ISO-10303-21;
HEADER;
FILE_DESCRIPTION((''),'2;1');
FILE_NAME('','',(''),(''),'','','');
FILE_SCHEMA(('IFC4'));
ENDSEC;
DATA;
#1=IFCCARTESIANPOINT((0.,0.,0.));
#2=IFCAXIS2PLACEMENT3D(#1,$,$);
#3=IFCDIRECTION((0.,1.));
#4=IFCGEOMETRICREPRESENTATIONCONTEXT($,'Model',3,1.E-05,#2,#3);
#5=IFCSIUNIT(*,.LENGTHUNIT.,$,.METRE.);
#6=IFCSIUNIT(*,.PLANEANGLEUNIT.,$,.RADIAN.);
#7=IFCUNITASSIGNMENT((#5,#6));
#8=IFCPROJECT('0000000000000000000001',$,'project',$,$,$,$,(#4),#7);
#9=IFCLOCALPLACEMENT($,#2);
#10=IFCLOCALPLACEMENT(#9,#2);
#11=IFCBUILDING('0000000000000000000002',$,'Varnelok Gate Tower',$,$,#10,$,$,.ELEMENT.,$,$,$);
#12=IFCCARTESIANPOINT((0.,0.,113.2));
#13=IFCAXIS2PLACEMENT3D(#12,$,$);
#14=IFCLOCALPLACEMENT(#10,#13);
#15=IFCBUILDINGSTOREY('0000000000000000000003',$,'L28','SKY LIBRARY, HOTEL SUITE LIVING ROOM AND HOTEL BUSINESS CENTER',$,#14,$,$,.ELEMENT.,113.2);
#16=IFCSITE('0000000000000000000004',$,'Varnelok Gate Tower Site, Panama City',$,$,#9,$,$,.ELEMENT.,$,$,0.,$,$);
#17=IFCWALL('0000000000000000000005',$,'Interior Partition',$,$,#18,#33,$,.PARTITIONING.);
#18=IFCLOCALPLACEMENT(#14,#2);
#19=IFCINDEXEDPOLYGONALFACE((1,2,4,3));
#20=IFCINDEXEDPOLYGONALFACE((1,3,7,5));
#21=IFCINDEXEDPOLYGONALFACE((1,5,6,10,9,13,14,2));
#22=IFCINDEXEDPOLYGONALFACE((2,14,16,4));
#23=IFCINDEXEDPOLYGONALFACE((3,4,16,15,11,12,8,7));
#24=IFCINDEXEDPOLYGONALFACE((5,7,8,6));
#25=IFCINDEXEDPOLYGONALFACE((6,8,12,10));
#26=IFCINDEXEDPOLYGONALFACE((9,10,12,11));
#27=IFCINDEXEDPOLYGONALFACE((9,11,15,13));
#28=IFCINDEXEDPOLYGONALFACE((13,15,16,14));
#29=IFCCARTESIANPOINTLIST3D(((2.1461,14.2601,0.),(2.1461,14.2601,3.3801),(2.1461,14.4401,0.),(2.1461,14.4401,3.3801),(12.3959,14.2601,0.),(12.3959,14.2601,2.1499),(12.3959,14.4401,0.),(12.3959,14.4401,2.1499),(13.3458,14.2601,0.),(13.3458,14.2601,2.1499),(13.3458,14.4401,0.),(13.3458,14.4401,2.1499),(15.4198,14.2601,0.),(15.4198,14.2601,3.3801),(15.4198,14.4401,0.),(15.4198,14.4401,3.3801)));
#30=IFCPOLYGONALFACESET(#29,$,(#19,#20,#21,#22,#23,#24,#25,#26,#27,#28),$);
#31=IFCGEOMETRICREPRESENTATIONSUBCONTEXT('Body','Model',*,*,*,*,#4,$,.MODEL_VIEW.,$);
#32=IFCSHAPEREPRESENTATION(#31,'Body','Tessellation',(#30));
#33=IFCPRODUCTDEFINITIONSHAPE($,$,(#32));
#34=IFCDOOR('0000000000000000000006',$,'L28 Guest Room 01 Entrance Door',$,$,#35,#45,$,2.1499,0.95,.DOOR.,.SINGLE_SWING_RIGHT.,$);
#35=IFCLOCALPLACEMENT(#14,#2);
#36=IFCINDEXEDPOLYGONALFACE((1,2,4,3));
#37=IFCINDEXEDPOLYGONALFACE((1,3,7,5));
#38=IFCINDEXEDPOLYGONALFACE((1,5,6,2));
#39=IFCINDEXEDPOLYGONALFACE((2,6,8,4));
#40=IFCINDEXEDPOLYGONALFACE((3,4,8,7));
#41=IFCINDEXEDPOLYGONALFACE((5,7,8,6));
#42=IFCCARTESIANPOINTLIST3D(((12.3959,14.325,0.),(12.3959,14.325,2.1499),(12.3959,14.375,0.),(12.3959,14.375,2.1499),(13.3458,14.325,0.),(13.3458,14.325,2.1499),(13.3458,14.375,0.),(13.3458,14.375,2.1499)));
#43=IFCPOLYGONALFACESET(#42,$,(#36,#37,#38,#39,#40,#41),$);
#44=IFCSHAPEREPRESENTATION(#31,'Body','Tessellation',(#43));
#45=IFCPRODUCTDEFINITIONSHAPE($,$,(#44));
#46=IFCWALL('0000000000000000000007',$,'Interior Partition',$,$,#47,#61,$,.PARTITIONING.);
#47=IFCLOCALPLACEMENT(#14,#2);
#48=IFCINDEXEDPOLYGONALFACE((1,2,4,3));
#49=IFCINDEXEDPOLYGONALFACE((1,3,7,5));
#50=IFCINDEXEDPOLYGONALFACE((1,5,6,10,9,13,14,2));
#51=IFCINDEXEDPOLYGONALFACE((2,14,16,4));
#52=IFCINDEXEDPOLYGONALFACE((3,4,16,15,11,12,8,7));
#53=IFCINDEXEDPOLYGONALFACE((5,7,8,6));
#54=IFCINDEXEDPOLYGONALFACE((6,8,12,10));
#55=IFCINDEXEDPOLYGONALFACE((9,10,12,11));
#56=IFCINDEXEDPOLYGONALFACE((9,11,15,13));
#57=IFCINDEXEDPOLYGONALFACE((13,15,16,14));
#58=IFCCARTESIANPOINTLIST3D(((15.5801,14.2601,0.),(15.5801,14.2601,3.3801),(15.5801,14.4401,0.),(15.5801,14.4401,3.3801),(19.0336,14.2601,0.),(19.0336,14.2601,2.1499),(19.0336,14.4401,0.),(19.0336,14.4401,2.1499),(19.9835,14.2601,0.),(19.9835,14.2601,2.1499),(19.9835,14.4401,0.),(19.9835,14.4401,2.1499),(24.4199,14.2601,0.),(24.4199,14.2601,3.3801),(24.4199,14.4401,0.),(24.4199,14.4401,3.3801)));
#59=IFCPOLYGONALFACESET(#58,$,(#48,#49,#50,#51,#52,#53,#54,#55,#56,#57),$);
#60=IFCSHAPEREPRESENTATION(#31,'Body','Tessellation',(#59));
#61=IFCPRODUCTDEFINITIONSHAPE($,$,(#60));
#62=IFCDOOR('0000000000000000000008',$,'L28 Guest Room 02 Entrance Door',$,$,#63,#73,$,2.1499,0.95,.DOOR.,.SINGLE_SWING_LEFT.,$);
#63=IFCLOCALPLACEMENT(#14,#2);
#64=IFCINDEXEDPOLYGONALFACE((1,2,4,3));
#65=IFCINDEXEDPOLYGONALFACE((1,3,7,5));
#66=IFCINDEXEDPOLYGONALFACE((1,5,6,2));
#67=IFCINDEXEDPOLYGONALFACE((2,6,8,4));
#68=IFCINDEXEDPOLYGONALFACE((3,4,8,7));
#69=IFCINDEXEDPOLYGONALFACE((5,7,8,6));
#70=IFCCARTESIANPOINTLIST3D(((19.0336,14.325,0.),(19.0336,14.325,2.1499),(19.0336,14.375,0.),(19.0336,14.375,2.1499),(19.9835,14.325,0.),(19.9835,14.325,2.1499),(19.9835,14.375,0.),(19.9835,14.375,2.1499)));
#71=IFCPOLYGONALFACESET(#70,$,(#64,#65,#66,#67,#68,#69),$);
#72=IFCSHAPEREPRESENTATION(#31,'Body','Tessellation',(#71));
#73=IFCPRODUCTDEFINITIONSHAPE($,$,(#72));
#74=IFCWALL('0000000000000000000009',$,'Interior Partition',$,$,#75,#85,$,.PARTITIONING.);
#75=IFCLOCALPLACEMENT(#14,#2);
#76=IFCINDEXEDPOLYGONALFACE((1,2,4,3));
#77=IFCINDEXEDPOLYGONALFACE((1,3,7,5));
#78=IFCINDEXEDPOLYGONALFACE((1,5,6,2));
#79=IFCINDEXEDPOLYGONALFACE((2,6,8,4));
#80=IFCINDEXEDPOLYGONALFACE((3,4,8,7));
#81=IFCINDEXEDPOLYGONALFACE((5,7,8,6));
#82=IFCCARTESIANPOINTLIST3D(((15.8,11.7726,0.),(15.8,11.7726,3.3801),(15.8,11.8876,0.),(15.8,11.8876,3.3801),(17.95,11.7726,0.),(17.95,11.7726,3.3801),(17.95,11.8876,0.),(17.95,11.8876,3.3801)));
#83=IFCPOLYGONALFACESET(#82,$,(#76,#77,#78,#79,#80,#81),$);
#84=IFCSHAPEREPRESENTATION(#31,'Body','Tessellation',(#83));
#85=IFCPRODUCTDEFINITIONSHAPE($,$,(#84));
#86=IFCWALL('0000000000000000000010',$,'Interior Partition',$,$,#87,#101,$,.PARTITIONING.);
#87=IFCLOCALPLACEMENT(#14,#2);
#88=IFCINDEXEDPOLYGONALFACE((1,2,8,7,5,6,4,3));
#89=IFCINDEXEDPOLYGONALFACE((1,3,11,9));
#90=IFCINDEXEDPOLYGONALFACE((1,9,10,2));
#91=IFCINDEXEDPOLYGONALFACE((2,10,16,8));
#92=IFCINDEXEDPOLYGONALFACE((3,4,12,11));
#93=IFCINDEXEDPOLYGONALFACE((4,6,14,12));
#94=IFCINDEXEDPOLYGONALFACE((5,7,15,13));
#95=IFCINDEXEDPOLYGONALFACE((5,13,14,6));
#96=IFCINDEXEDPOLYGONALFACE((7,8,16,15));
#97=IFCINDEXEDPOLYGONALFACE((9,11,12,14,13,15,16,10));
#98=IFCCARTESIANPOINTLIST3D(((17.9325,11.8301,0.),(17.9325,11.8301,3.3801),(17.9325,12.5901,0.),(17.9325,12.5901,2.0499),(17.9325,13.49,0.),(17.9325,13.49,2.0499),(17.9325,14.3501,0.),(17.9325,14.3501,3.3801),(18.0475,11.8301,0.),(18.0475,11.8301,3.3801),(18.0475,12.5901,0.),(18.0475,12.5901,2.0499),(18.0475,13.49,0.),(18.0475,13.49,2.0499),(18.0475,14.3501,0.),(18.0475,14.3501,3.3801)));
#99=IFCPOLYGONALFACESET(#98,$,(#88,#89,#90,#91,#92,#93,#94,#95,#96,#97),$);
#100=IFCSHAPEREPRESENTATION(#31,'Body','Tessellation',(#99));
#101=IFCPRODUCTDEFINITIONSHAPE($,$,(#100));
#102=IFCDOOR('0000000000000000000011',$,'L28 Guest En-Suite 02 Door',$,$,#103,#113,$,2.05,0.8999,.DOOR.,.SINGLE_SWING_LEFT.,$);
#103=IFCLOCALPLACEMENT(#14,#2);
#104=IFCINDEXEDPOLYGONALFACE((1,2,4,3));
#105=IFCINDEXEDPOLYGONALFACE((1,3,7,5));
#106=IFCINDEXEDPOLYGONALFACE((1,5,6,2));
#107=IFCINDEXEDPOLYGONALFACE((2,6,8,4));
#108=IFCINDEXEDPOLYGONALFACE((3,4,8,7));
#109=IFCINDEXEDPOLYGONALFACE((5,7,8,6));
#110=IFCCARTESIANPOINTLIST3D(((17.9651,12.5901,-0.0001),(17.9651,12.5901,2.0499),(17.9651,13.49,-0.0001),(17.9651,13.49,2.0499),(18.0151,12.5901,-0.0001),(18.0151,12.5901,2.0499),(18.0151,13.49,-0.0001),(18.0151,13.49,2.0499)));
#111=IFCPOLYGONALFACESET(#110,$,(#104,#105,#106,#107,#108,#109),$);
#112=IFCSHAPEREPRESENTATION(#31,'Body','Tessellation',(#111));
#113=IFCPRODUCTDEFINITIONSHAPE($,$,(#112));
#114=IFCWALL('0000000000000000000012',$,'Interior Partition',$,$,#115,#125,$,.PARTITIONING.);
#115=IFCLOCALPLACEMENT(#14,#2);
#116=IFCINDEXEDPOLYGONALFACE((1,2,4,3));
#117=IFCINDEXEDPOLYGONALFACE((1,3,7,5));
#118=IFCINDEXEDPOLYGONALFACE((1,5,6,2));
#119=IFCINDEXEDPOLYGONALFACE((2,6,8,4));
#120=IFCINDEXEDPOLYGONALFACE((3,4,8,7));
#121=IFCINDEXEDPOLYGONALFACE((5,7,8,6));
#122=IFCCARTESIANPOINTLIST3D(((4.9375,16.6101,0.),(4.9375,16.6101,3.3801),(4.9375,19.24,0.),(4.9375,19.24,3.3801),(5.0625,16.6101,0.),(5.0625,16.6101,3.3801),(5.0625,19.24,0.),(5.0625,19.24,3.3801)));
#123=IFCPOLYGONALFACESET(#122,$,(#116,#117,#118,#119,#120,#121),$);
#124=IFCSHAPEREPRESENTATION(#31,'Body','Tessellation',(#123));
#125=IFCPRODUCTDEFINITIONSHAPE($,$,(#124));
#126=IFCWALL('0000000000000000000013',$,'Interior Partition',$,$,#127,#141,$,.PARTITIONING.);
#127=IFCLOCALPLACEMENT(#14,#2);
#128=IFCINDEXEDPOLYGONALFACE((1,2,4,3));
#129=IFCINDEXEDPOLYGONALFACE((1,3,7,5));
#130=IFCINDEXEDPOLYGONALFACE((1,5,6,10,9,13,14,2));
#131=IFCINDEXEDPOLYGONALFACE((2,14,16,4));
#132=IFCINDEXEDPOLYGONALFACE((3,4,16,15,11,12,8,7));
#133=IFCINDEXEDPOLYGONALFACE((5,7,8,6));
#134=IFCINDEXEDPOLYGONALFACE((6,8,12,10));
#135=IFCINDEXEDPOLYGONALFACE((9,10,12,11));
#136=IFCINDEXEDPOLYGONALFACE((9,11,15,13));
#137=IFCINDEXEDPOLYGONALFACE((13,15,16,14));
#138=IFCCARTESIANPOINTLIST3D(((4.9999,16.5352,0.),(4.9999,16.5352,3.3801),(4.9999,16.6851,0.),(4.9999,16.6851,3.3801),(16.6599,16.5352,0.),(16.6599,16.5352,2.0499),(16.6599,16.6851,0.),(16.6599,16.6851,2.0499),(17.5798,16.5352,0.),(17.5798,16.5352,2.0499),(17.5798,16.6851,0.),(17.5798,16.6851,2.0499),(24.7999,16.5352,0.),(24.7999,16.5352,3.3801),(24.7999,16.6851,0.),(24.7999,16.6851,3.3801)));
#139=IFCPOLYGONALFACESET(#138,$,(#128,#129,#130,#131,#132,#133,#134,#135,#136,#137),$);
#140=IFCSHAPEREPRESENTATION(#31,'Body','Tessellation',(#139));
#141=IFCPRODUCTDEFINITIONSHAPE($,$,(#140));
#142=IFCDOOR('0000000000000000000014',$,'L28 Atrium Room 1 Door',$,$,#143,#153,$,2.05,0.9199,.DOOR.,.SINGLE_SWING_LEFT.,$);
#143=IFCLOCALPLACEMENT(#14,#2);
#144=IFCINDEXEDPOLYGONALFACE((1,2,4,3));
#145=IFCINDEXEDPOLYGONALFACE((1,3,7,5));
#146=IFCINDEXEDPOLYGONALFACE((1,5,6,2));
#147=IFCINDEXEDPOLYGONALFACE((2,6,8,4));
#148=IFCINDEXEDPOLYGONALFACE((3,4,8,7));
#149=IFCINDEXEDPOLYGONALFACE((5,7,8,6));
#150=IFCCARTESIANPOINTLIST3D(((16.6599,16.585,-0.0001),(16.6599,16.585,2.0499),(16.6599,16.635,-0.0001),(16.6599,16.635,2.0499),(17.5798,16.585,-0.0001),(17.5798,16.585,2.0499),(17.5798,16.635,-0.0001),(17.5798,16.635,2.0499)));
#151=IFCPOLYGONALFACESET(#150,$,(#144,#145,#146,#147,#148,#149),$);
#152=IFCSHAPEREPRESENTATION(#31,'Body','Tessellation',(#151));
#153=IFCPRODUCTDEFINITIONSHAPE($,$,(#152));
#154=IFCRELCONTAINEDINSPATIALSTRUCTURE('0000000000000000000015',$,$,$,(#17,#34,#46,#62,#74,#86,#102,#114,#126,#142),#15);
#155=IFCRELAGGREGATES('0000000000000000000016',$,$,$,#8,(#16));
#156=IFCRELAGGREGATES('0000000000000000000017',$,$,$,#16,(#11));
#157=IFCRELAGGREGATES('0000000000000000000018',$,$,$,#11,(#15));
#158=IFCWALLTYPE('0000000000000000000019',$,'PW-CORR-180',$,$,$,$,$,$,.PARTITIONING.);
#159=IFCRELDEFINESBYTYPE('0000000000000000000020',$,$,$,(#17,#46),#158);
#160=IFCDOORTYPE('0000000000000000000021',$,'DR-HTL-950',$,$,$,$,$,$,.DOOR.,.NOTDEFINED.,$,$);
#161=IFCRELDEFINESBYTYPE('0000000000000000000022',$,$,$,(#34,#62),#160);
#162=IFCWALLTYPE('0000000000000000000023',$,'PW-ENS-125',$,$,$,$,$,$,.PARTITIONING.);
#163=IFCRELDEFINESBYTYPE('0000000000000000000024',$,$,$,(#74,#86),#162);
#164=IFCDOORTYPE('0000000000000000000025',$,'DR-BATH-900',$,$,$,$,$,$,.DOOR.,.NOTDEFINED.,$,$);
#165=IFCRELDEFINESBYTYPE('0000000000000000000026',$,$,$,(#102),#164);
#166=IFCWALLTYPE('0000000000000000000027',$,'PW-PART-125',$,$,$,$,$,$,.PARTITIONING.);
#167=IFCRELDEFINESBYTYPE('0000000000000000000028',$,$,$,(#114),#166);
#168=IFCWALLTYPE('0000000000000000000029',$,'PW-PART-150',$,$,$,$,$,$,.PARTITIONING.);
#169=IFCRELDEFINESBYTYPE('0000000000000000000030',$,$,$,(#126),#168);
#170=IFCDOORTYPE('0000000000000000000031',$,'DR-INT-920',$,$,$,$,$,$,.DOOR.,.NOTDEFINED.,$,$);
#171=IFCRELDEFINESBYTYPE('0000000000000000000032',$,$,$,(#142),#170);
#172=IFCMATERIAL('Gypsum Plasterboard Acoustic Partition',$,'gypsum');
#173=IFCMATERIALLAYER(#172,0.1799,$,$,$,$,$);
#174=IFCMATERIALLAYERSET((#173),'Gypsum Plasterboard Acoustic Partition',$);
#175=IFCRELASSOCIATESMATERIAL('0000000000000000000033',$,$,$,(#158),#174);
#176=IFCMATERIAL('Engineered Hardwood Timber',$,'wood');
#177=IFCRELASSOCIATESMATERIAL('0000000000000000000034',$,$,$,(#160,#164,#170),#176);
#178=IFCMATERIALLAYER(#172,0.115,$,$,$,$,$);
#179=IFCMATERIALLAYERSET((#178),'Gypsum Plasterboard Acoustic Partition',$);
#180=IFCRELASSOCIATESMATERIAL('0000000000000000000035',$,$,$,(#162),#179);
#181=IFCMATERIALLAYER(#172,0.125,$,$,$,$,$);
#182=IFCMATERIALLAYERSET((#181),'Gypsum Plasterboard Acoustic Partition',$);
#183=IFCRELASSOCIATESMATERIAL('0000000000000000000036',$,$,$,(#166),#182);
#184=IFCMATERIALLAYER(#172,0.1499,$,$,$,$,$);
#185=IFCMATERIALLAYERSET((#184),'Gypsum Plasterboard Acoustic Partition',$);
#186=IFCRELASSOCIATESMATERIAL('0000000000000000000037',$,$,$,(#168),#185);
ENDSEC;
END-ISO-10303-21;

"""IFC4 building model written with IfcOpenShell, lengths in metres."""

from ifc_helpers import new_model, si_unit, direction, frame, frame_2d, origin, place, context, subcontext, project, spatial, rectangle, extrude, material, layer, layer_set, type_object, element, fill, save


model = new_model("IFC4")

# Units and contexts
model_context = context("Model", 3, precision=1e-05, world=origin(), true_north=direction((0.0, 1.0)))
body_context = subcontext(model_context, "Body", "Model", "MODEL_VIEW")
ifc_project = project(units=[si_unit("LENGTHUNIT", "METRE"), si_unit("PLANEANGLEUNIT", "RADIAN")], contexts=[model_context])

# Site, building, storey
site_placement = place(None, origin())
site = spatial("IfcSite", under=ifc_project, at=site_placement, Name="Varnelok Gate Tower Site, Panama City", CompositionType="ELEMENT", RefElevation=0.0)
building_placement = place(site_placement, origin())
building = spatial("IfcBuilding", under=site, at=building_placement, Name="Varnelok Gate Tower", CompositionType="ELEMENT")
storey_placement = place(building_placement, frame((0.0, 0.0, 113.2)))
storey = spatial("IfcBuildingStorey", under=building, at=storey_placement, Name="L28", Description="SKY LIBRARY, HOTEL SUITE LIVING ROOM AND HOTEL BUSINESS CENTER", CompositionType="ELEMENT", Elevation=113.2)

# Walls, openings, doors
ifc_material_1 = material(Name="Gypsum Plasterboard Acoustic Partition", Category="gypsum")
ifc_layer_1 = layer(ifc_material_1, 0.1799)
ifc_layer_set_1 = layer_set([ifc_layer_1], Name="Gypsum Plasterboard Acoustic Partition")
wall_type_1 = type_object("IfcWallType", Name="PW-CORR-180", PredefinedType="PARTITIONING", material=ifc_layer_set_1)
wall_1_placement = place(storey_placement, frame((2.1462, 14.3501, 0.0), z_axis=(0.0, 0.0, 1.0), x_axis=(1.0, 0.0, 0.0)))
wall_1 = element("IfcWall", 1, at=wall_1_placement, inside=storey, type_object=wall_type_1, Name="Interior Partition", PredefinedType="PARTITIONING", context=body_context, shape_type="SweptSolid", body=[
    extrude(rectangle(XDim=13.2737, YDim=0.1799, at=frame_2d((6.6367, 0.0))), origin(), (0.0, 0.0, 1.0), 3.3801),
])
opening_1_placement = place(wall_1_placement, frame((10.2495, 0.0, 0.0)))
opening_1 = element("IfcOpeningElement", 2, at=opening_1_placement, cuts=wall_1, PredefinedType="OPENING", context=body_context, shape_type="SweptSolid", body=[
    extrude(rectangle(XDim=0.95, YDim=2.1499, at=frame_2d((0.4751, 1.075))), frame((0.0, 0.0999, 0.0), z_axis=(0.0, -1.0, 0.0), x_axis=(1.0, 0.0, 0.0)), (0.0, 0.0, 1.0), 0.2),
])
ifc_material_2 = material(Name="Engineered Hardwood Timber", Category="wood")
door_type_1 = type_object("IfcDoorType", Name="DR-HTL-950", OperationType="NOTDEFINED", PredefinedType="DOOR", material=ifc_material_2)
door_1_placement = place(opening_1_placement, origin())
door_1 = element("IfcDoor", 3, at=door_1_placement, inside=storey, type_object=door_type_1, Name="L28 Guest Room 01 Entrance Door", OperationType="SINGLE_SWING_RIGHT", OverallHeight=2.1499, OverallWidth=0.95, PredefinedType="DOOR", context=body_context, shape_type="SweptSolid", body=[
    extrude(rectangle(XDim=0.95, YDim=2.1499, at=frame_2d((0.4751, 1.075))), frame((0.0, 0.0249, 0.0), z_axis=(0.0, -1.0, 0.0), x_axis=(1.0, 0.0, 0.0)), (0.0, 0.0, 1.0), 0.05),
])
fill(opening_1, door_1)
wall_2_placement = place(storey_placement, frame((15.5801, 14.3501, 0.0), z_axis=(0.0, 0.0, 1.0), x_axis=(1.0, 0.0, 0.0)))
wall_2 = element("IfcWall", 4, at=wall_2_placement, inside=storey, type_object=wall_type_1, Name="Interior Partition", PredefinedType="PARTITIONING", context=body_context, shape_type="SweptSolid", body=[
    extrude(rectangle(XDim=8.8398, YDim=0.1799, at=frame_2d((4.4199, 0.0))), origin(), (0.0, 0.0, 1.0), 3.3801),
])
opening_2_placement = place(wall_2_placement, frame((3.4534, 0.0, 0.0)))
opening_2 = element("IfcOpeningElement", 5, at=opening_2_placement, cuts=wall_2, PredefinedType="OPENING", context=body_context, shape_type="SweptSolid", body=[
    extrude(rectangle(XDim=0.95, YDim=2.1499, at=frame_2d((0.4751, 1.075))), frame((0.0, 0.0999, 0.0), z_axis=(0.0, -1.0, 0.0), x_axis=(1.0, 0.0, 0.0)), (0.0, 0.0, 1.0), 0.2),
])
door_2_placement = place(opening_2_placement, origin())
door_2 = element("IfcDoor", 6, at=door_2_placement, inside=storey, type_object=door_type_1, Name="L28 Guest Room 02 Entrance Door", OperationType="SINGLE_SWING_LEFT", OverallHeight=2.1499, OverallWidth=0.95, PredefinedType="DOOR", context=body_context, shape_type="SweptSolid", body=[
    extrude(rectangle(XDim=0.95, YDim=2.1499, at=frame_2d((0.4751, 1.075))), frame((0.0, 0.0249, 0.0), z_axis=(0.0, -1.0, 0.0), x_axis=(1.0, 0.0, 0.0)), (0.0, 0.0, 1.0), 0.05),
])
fill(opening_2, door_2)

# Wall
ifc_layer_2 = layer(ifc_material_1, 0.115)
ifc_layer_set_2 = layer_set([ifc_layer_2], Name="Gypsum Plasterboard Acoustic Partition")
wall_type_2 = type_object("IfcWallType", Name="PW-ENS-125", PredefinedType="PARTITIONING", material=ifc_layer_set_2)
wall_3_placement = place(storey_placement, frame((15.8, 11.8301, 0.0), z_axis=(0.0, 0.0, 1.0), x_axis=(1.0, 0.0, 0.0)))
element("IfcWall", 7, at=wall_3_placement, inside=storey, type_object=wall_type_2, Name="Interior Partition", PredefinedType="PARTITIONING", context=body_context, shape_type="SweptSolid", body=[
    extrude(rectangle(XDim=2.1499, YDim=0.115, at=frame_2d((1.075, 0.0))), origin(), (0.0, 0.0, 1.0), 3.3801),
])

# Wall, opening, door
wall_4_placement = place(storey_placement, frame((17.99, 11.8301, 0.0), z_axis=(0.0, 0.0, 1.0), x_axis=(0.0, 1.0, 0.0)))
wall_4 = element("IfcWall", 8, at=wall_4_placement, inside=storey, type_object=wall_type_2, Name="Interior Partition", PredefinedType="PARTITIONING", context=body_context, shape_type="SweptSolid", body=[
    extrude(rectangle(XDim=2.52, YDim=0.115, at=frame_2d((1.26, 0.0))), origin(), (0.0, 0.0, 1.0), 3.3801),
])
opening_3_placement = place(wall_4_placement, frame((0.76, 0.0, 0.0)))
opening_3 = element("IfcOpeningElement", 9, at=opening_3_placement, cuts=wall_4, PredefinedType="OPENING", context=body_context, shape_type="SweptSolid", body=[
    extrude(rectangle(XDim=0.8999, YDim=2.05, at=frame_2d((0.45, 1.0249))), frame((0.0, 0.0674, 0.0), z_axis=(0.0, -1.0, 0.0), x_axis=(1.0, 0.0, 0.0)), (0.0, 0.0, 1.0), 0.135),
])
door_type_2 = type_object("IfcDoorType", Name="DR-BATH-900", OperationType="NOTDEFINED", PredefinedType="DOOR", material=ifc_material_2)
door_3_placement = place(opening_3_placement, origin())
door_3 = element("IfcDoor", 10, at=door_3_placement, inside=storey, type_object=door_type_2, Name="L28 Guest En-Suite 02 Door", OperationType="SINGLE_SWING_LEFT", OverallHeight=2.05, OverallWidth=0.8999, PredefinedType="DOOR", context=body_context, shape_type="SweptSolid", body=[
    extrude(rectangle(XDim=0.8999, YDim=2.05, at=frame_2d((0.45, 1.0249))), frame((0.0, 0.0249, 0.0), z_axis=(0.0, -1.0, 0.0), x_axis=(1.0, 0.0, 0.0)), (0.0, 0.0, 1.0), 0.05),
])
fill(opening_3, door_3)

# Wall
ifc_layer_3 = layer(ifc_material_1, 0.125)
ifc_layer_set_3 = layer_set([ifc_layer_3], Name="Gypsum Plasterboard Acoustic Partition")
wall_type_3 = type_object("IfcWallType", Name="PW-PART-125", PredefinedType="PARTITIONING", material=ifc_layer_set_3)
wall_5_placement = place(storey_placement, frame((5.0, 16.6101, 0.0), z_axis=(0.0, 0.0, 1.0), x_axis=(0.0, 1.0, 0.0)))
element("IfcWall", 11, at=wall_5_placement, inside=storey, type_object=wall_type_3, Name="Interior Partition", PredefinedType="PARTITIONING", context=body_context, shape_type="SweptSolid", body=[
    extrude(rectangle(XDim=2.6299, YDim=0.125, at=frame_2d((1.3149, 0.0))), origin(), (0.0, 0.0, 1.0), 3.3801),
])

# Wall, opening, door
ifc_layer_4 = layer(ifc_material_1, 0.1499)
ifc_layer_set_4 = layer_set([ifc_layer_4], Name="Gypsum Plasterboard Acoustic Partition")
wall_type_4 = type_object("IfcWallType", Name="PW-PART-150", PredefinedType="PARTITIONING", material=ifc_layer_set_4)
wall_6_placement = place(storey_placement, frame((5.0, 16.6101, 0.0), z_axis=(0.0, 0.0, 1.0), x_axis=(1.0, 0.0, 0.0)))
wall_6 = element("IfcWall", 12, at=wall_6_placement, inside=storey, type_object=wall_type_4, Name="Interior Partition", PredefinedType="PARTITIONING", context=body_context, shape_type="SweptSolid", body=[
    extrude(rectangle(XDim=19.8, YDim=0.1499, at=frame_2d((9.8999, 0.0))), origin(), (0.0, 0.0, 1.0), 3.3801),
])
opening_4_placement = place(wall_6_placement, frame((11.6599, 0.0, 0.0)))
opening_4 = element("IfcOpeningElement", 13, at=opening_4_placement, cuts=wall_6, PredefinedType="OPENING", context=body_context, shape_type="SweptSolid", body=[
    extrude(rectangle(XDim=0.9199, YDim=2.05, at=frame_2d((0.46, 1.0249))), frame((0.0, 0.085, 0.0), z_axis=(0.0, -1.0, 0.0), x_axis=(1.0, 0.0, 0.0)), (0.0, 0.0, 1.0), 0.1699),
])
door_type_3 = type_object("IfcDoorType", Name="DR-INT-920", OperationType="NOTDEFINED", PredefinedType="DOOR", material=ifc_material_2)
door_4_placement = place(opening_4_placement, origin())
door_4 = element("IfcDoor", 14, at=door_4_placement, inside=storey, type_object=door_type_3, Name="L28 Atrium Room 1 Door", OperationType="SINGLE_SWING_LEFT", OverallHeight=2.05, OverallWidth=0.9199, PredefinedType="DOOR", context=body_context, shape_type="SweptSolid", body=[
    extrude(rectangle(XDim=0.9199, YDim=2.05, at=frame_2d((0.46, 1.0249))), frame((0.0, 0.0249, 0.0), z_axis=(0.0, -1.0, 0.0), x_axis=(1.0, 0.0, 0.0)), (0.0, 0.0, 1.0), 0.05),
])
fill(opening_4, door_4)

save(model, "model.ifc")
